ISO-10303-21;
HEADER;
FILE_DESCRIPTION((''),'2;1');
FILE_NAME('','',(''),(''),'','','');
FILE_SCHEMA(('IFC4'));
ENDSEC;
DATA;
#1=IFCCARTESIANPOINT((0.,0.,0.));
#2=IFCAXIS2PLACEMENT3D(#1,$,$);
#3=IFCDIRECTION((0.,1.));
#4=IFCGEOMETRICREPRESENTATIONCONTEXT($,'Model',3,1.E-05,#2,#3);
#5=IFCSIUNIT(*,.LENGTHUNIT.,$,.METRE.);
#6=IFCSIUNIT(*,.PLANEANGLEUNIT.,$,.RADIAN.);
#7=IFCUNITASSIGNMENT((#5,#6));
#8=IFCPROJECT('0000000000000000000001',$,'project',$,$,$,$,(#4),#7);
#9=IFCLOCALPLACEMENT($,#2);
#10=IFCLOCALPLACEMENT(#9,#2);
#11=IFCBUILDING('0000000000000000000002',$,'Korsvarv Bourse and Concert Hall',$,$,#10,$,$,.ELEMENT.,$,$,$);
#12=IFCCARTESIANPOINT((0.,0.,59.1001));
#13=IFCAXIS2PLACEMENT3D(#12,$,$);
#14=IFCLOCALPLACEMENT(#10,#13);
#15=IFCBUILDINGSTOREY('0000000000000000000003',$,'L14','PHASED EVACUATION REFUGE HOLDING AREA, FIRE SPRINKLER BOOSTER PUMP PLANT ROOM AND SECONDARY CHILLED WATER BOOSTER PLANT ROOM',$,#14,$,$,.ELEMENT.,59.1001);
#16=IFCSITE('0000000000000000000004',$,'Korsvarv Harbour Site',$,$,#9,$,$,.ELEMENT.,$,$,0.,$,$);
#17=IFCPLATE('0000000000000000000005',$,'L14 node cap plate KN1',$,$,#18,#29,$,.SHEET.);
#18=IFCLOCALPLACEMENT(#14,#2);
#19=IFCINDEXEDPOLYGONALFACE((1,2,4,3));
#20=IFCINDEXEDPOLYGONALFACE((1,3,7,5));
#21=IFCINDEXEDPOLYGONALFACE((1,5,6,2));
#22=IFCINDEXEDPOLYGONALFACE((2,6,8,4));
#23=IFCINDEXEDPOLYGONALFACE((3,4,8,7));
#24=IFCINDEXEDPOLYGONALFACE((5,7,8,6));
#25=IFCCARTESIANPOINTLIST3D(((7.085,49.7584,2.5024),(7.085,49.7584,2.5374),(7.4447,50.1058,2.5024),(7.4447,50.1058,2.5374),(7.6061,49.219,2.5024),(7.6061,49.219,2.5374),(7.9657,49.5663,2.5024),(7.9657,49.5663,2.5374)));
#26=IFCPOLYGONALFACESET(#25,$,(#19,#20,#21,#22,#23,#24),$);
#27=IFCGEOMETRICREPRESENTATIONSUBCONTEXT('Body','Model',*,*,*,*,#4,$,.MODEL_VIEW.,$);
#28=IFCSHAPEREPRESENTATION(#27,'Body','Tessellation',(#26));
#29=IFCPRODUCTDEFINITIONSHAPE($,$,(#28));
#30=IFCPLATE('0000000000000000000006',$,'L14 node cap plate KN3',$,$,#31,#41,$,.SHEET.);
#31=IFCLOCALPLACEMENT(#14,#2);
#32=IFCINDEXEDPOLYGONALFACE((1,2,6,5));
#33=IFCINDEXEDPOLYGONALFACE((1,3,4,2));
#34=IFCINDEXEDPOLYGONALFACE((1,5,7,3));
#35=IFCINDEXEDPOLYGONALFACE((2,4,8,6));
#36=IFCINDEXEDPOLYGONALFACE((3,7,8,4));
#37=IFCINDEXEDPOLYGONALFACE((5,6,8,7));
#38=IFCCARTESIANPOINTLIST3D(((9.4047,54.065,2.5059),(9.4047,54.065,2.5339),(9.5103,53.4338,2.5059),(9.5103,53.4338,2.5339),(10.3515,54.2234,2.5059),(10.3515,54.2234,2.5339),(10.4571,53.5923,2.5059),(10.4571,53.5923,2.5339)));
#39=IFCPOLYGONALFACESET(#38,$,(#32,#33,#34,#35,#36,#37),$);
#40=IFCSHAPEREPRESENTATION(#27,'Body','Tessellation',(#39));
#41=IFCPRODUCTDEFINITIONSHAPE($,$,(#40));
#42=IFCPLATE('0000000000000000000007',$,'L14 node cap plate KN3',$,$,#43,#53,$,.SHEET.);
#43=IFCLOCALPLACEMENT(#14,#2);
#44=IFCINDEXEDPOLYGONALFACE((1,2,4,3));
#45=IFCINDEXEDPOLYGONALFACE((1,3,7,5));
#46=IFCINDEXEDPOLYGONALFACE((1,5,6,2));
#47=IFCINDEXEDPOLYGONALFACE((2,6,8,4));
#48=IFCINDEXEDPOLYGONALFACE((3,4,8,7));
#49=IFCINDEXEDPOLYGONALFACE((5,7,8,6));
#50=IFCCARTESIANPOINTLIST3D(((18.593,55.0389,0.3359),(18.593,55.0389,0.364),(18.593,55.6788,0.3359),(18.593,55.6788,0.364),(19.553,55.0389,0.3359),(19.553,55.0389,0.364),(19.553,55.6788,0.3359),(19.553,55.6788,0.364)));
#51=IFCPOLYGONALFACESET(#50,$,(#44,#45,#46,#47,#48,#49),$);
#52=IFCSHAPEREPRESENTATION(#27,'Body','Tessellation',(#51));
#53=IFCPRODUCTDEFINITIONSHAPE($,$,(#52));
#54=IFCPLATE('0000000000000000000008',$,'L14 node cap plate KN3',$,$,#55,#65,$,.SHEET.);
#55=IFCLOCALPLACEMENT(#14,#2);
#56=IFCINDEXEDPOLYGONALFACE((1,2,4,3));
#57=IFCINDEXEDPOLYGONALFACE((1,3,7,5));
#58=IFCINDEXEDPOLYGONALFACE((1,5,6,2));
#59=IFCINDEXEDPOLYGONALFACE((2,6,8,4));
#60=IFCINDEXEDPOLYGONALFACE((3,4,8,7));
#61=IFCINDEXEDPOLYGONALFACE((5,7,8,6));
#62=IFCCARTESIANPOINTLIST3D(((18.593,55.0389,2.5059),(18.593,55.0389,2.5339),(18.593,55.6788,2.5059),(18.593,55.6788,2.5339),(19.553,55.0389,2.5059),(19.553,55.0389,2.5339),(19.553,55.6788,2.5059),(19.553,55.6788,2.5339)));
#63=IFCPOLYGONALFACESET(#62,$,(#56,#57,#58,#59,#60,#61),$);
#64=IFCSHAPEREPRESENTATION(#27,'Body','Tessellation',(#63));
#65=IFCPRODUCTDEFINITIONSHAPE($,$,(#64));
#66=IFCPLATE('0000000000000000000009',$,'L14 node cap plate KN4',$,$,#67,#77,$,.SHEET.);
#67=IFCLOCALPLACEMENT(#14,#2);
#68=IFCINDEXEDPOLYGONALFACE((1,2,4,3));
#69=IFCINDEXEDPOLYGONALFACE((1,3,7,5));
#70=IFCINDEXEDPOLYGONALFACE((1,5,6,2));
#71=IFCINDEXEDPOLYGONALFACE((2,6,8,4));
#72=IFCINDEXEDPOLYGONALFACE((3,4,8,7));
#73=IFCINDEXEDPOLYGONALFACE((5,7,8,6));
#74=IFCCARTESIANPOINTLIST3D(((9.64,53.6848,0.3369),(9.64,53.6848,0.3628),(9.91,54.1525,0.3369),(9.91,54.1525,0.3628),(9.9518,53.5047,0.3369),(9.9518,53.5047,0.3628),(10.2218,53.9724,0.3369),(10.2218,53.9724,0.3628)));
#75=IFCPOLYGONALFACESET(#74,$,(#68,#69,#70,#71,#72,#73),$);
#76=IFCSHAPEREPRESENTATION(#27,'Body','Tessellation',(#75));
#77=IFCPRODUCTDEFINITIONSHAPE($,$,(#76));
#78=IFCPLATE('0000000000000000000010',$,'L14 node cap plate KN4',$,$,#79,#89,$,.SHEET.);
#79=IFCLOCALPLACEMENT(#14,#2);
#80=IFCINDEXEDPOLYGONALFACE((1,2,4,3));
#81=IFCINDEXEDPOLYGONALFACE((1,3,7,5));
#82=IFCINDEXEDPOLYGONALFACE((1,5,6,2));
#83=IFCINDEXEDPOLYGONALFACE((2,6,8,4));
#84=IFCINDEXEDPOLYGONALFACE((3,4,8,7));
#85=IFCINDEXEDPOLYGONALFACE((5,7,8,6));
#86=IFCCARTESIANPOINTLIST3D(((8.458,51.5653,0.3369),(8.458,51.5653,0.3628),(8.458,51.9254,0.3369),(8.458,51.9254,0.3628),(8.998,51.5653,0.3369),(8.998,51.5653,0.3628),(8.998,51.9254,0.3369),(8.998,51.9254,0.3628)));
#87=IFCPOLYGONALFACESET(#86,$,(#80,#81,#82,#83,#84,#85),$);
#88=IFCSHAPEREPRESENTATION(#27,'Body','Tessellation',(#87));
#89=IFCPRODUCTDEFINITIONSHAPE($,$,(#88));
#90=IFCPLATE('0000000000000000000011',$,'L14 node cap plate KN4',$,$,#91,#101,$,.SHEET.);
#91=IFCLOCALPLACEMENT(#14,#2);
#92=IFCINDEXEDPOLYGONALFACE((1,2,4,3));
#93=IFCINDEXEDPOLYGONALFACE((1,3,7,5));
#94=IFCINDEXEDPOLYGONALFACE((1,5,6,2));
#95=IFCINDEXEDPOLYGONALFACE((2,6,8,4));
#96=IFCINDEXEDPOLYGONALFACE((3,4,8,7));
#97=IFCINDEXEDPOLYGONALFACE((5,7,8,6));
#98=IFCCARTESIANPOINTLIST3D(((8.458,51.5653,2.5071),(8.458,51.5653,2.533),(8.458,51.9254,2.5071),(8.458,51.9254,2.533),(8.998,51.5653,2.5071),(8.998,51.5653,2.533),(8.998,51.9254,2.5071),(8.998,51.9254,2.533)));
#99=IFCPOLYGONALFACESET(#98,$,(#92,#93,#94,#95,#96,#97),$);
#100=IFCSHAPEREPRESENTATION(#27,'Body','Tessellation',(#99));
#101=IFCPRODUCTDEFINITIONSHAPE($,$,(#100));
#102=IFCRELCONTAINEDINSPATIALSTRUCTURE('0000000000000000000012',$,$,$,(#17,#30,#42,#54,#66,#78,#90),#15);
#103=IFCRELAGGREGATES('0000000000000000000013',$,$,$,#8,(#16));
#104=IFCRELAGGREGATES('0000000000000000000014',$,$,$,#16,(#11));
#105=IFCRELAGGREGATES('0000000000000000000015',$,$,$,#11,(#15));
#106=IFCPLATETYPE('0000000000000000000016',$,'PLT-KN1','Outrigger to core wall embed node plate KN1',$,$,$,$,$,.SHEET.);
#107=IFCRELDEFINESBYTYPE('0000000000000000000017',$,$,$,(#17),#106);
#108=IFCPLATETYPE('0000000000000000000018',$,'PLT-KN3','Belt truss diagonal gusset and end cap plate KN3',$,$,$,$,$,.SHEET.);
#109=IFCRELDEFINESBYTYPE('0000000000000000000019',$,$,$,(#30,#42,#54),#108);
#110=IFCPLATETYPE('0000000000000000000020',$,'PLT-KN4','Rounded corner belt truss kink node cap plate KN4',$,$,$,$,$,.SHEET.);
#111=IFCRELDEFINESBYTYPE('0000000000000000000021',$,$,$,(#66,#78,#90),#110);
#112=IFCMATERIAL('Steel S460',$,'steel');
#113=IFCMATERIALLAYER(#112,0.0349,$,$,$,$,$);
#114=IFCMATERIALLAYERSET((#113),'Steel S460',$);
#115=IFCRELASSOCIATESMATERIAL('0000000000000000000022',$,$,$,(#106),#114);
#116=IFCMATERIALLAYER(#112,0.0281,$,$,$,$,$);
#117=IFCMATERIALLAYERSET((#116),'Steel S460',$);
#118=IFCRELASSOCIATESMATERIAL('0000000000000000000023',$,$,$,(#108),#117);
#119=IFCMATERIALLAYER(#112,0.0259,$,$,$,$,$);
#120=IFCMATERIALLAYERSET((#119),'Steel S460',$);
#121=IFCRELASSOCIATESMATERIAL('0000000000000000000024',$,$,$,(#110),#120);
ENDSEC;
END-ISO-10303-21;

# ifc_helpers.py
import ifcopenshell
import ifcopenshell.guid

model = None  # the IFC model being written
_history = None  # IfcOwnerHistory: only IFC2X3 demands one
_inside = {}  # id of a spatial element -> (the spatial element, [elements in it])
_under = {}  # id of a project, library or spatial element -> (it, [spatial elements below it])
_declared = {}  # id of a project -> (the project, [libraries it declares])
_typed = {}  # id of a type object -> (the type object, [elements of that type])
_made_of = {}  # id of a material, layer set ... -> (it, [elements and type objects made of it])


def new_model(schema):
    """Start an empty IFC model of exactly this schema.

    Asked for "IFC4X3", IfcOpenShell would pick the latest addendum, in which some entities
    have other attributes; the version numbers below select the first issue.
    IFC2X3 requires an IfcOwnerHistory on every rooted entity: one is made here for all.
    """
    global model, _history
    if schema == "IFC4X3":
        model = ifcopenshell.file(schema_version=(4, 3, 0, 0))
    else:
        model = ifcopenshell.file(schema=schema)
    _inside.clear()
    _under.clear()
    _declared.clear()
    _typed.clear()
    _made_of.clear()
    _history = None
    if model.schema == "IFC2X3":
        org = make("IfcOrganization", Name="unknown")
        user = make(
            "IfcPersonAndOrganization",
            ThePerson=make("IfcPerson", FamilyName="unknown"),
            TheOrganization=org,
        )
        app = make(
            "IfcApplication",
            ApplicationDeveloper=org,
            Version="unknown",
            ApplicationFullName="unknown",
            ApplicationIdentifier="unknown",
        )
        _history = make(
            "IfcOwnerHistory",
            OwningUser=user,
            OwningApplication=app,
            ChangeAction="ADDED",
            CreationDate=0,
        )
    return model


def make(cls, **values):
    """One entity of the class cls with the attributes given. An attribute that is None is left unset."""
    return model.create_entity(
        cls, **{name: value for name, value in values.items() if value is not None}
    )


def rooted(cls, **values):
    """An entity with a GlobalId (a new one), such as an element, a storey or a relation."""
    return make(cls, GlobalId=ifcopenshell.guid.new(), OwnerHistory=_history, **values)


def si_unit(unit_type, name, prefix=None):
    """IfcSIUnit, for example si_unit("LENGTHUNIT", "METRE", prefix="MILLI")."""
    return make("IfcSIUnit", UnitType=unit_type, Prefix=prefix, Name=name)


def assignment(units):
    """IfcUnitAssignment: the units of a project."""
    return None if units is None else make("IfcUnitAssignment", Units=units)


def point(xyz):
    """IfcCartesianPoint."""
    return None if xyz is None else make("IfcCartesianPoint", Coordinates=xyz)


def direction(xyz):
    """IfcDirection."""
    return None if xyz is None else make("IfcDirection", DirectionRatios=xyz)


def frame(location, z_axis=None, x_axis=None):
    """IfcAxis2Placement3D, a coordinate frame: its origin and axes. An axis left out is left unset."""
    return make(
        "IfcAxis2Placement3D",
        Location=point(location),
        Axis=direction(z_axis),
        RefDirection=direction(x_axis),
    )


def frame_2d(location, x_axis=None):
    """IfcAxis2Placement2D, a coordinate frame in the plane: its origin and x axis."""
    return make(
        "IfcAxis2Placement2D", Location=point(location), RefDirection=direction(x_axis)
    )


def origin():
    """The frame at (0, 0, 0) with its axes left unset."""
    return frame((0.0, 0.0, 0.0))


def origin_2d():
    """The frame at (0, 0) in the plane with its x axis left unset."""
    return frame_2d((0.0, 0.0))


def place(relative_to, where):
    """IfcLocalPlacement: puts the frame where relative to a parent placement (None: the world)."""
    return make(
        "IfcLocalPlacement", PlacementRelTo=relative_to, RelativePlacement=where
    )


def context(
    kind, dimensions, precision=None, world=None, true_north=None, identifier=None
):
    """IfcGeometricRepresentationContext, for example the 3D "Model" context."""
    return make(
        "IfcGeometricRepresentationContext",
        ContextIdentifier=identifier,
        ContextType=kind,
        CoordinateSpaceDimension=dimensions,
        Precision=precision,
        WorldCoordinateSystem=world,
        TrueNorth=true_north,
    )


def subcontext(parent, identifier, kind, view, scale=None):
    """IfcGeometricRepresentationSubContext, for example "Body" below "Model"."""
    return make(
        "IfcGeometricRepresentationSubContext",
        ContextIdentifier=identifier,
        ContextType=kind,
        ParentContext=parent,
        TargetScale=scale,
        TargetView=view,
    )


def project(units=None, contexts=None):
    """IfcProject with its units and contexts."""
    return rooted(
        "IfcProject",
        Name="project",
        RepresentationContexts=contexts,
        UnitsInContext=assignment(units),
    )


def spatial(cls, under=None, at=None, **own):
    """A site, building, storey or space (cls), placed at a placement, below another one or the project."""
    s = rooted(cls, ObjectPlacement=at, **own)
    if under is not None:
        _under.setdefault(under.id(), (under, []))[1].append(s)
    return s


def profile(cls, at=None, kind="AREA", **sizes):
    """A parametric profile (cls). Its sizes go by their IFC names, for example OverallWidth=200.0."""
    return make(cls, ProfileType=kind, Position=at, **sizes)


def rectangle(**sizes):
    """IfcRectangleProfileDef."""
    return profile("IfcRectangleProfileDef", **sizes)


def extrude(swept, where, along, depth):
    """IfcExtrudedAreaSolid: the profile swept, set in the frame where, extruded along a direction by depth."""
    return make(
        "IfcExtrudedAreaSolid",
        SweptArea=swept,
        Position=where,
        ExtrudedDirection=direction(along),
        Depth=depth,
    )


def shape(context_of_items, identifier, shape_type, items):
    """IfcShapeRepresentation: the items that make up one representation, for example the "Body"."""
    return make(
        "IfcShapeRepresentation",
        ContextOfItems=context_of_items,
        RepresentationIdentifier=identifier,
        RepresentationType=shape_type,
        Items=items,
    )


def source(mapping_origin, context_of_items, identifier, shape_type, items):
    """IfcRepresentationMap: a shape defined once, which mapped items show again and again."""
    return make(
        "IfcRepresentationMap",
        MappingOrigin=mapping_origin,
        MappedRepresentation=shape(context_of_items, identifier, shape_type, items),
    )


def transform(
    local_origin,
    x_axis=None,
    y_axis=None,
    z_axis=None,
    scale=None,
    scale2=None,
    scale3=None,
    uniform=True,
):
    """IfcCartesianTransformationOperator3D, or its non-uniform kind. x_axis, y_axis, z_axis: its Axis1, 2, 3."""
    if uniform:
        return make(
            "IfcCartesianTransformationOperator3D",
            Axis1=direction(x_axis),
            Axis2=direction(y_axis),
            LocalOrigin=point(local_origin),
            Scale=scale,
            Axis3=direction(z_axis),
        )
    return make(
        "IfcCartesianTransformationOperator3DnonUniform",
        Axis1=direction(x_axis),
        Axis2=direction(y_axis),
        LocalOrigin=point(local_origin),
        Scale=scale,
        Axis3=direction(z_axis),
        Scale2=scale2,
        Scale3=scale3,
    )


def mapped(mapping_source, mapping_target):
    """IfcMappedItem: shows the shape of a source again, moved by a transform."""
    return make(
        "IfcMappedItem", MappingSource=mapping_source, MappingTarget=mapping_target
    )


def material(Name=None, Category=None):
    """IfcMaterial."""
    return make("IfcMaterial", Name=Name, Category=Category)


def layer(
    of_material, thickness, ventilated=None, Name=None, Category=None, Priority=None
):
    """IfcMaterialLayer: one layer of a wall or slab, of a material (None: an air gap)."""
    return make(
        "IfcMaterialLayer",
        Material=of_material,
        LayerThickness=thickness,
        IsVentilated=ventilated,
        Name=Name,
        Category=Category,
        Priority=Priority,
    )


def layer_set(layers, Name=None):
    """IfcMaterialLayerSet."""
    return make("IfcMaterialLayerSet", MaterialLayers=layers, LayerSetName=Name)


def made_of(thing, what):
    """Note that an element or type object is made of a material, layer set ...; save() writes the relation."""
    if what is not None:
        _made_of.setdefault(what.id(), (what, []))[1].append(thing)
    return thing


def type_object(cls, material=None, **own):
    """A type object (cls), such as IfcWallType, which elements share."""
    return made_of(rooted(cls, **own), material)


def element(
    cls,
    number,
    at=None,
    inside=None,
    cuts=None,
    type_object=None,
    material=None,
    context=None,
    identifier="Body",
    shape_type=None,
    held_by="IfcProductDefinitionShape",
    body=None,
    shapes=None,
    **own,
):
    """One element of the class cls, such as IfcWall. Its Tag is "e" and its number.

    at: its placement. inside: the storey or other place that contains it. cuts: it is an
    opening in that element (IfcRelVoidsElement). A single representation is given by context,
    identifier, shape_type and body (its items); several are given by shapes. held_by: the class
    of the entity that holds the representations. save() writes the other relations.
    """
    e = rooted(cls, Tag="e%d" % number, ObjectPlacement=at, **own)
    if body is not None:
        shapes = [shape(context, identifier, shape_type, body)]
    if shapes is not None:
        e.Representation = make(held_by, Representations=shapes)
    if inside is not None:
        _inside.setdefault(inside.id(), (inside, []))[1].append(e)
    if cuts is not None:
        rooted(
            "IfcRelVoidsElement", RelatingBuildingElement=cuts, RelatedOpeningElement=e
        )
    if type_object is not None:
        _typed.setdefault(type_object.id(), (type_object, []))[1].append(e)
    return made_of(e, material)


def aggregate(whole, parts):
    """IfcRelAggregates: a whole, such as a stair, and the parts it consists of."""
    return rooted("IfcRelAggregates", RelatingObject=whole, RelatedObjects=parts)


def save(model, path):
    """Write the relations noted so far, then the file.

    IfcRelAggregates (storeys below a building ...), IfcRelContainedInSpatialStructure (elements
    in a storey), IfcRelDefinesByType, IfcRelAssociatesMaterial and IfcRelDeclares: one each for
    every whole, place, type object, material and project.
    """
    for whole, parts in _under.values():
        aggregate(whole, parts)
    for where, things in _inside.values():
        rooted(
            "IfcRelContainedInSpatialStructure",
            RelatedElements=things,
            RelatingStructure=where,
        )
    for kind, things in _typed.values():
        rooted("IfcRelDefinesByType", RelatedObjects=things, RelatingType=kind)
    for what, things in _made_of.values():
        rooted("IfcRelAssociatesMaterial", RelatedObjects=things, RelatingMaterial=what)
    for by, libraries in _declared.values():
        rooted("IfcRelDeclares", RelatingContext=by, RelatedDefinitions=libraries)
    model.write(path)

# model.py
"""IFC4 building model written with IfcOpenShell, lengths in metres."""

from ifc_helpers import new_model, si_unit, direction, frame, origin, origin_2d, place, context, subcontext, project, spatial, rectangle, extrude, source, transform, mapped, material, layer, layer_set, type_object, element, save


model = new_model("IFC4")

# Units and contexts
model_context = context("Model", 3, precision=1e-05, world=origin(), true_north=direction((0.0, 1.0)))
body_context = subcontext(model_context, "Body", "Model", "MODEL_VIEW")
ifc_project = project(units=[si_unit("LENGTHUNIT", "METRE"), si_unit("PLANEANGLEUNIT", "RADIAN")], contexts=[model_context])

# Site, building, storey
site_placement = place(None, origin())
site = spatial("IfcSite", under=ifc_project, at=site_placement, Name="Korsvarv Harbour Site", CompositionType="ELEMENT", RefElevation=0.0)
building_placement = place(site_placement, origin())
building = spatial("IfcBuilding", under=site, at=building_placement, Name="Korsvarv Bourse and Concert Hall", CompositionType="ELEMENT")
storey_placement = place(building_placement, frame((0.0, 0.0, 59.1001)))
storey = spatial("IfcBuildingStorey", under=building, at=storey_placement, Name="L14", Description="PHASED EVACUATION REFUGE HOLDING AREA, FIRE SPRINKLER BOOSTER PUMP PLANT ROOM AND SECONDARY CHILLED WATER BOOSTER PLANT ROOM", CompositionType="ELEMENT", Elevation=59.1001)

# Shared definitions
ifc_material_1 = material(Name="Steel S460", Category="steel")

# Plates
ifc_layer_1 = layer(ifc_material_1, 0.0349)
ifc_layer_set_1 = layer_set([ifc_layer_1], Name="Steel S460")
plate_type_1 = type_object("IfcPlateType", Name="PLT-KN1", Description="Outrigger to core wall embed node plate KN1", PredefinedType="SHEET", material=ifc_layer_set_1)
shared_shape_1 = source(origin(), body_context, "Body", "SweptSolid", [
    extrude(rectangle(XDim=0.75, YDim=0.5, at=origin_2d()), origin(), (0.0, 0.0, 1.0), 0.0349),
])
plate_1_placement = place(storey_placement, frame((7.5254, 49.6624, 2.5024), z_axis=(0.0, 0.0, 1.0), x_axis=(-0.694784, 0.719219, 0.0)))
element("IfcPlate", 1, at=plate_1_placement, inside=storey, type_object=plate_type_1, Name="L14 node cap plate KN1", PredefinedType="SHEET", context=body_context, shape_type="MappedRepresentation", body=[
    mapped(shared_shape_1, transform((0.0, 0.0, 0.0), scale=1.0)),
])
ifc_layer_2 = layer(ifc_material_1, 0.0281)
ifc_layer_set_2 = layer_set([ifc_layer_2], Name="Steel S460")
plate_type_2 = type_object("IfcPlateType", Name="PLT-KN3", Description="Belt truss diagonal gusset and end cap plate KN3", PredefinedType="SHEET", material=ifc_layer_set_2)
shared_shape_2 = source(origin(), body_context, "Body", "SweptSolid", [
    extrude(rectangle(XDim=0.96, YDim=0.6399, at=origin_2d()), origin(), (0.0, 0.0, 1.0), 0.0281),
])
for number, where, z_axis, x_axis, name in (
    (2, (9.9309, 53.8286, 2.5059), (0.0, 0.0, 1.0), (0.986286, 0.165048, 0.0), "L14 node cap plate KN3"),
    (3, (19.073, 55.3589, 0.3359), (0.0, 0.0, 1.0), (1.0, 0.0, 0.0), "L14 node cap plate KN3"),
    (4, (19.073, 55.3589, 2.5059), (0.0, 0.0, 1.0), (1.0, 0.0, 0.0), "L14 node cap plate KN3"),
):
    element("IfcPlate", number, at=place(storey_placement, frame(where, z_axis=z_axis, x_axis=x_axis)), inside=storey, type_object=plate_type_2, Name=name, PredefinedType="SHEET", context=body_context, shape_type="MappedRepresentation", body=[
        mapped(shared_shape_2, transform((0.0, 0.0, 0.0), scale=1.0)),
    ])
ifc_layer_3 = layer(ifc_material_1, 0.0259)
ifc_layer_set_3 = layer_set([ifc_layer_3], Name="Steel S460")
plate_type_3 = type_object("IfcPlateType", Name="PLT-KN4", Description="Rounded corner belt truss kink node cap plate KN4", PredefinedType="SHEET", material=ifc_layer_set_3)
shared_shape_3 = source(origin(), body_context, "Body", "SweptSolid", [
    extrude(rectangle(XDim=0.54, YDim=0.3601, at=origin_2d()), origin(), (0.0, 0.0, 1.0), 0.0259),
])
for number, where, z_axis, x_axis, name in (
    (5, (9.9309, 53.8286, 0.3369), (0.0, 0.0, 1.0), (0.5, 0.866025, 0.0), "L14 node cap plate KN4"),
    (6, (8.728, 51.7454, 0.3369), (0.0, 0.0, 1.0), (1.0, 0.0, 0.0), "L14 node cap plate KN4"),
    (7, (8.728, 51.7454, 2.5071), (0.0, 0.0, 1.0), (1.0, 0.0, 0.0), "L14 node cap plate KN4"),
):
    element("IfcPlate", number, at=place(storey_placement, frame(where, z_axis=z_axis, x_axis=x_axis)), inside=storey, type_object=plate_type_3, Name=name, PredefinedType="SHEET", context=body_context, shape_type="MappedRepresentation", body=[
        mapped(shared_shape_3, transform((0.0, 0.0, 0.0), scale=1.0)),
    ])

save(model, "model.ifc")
